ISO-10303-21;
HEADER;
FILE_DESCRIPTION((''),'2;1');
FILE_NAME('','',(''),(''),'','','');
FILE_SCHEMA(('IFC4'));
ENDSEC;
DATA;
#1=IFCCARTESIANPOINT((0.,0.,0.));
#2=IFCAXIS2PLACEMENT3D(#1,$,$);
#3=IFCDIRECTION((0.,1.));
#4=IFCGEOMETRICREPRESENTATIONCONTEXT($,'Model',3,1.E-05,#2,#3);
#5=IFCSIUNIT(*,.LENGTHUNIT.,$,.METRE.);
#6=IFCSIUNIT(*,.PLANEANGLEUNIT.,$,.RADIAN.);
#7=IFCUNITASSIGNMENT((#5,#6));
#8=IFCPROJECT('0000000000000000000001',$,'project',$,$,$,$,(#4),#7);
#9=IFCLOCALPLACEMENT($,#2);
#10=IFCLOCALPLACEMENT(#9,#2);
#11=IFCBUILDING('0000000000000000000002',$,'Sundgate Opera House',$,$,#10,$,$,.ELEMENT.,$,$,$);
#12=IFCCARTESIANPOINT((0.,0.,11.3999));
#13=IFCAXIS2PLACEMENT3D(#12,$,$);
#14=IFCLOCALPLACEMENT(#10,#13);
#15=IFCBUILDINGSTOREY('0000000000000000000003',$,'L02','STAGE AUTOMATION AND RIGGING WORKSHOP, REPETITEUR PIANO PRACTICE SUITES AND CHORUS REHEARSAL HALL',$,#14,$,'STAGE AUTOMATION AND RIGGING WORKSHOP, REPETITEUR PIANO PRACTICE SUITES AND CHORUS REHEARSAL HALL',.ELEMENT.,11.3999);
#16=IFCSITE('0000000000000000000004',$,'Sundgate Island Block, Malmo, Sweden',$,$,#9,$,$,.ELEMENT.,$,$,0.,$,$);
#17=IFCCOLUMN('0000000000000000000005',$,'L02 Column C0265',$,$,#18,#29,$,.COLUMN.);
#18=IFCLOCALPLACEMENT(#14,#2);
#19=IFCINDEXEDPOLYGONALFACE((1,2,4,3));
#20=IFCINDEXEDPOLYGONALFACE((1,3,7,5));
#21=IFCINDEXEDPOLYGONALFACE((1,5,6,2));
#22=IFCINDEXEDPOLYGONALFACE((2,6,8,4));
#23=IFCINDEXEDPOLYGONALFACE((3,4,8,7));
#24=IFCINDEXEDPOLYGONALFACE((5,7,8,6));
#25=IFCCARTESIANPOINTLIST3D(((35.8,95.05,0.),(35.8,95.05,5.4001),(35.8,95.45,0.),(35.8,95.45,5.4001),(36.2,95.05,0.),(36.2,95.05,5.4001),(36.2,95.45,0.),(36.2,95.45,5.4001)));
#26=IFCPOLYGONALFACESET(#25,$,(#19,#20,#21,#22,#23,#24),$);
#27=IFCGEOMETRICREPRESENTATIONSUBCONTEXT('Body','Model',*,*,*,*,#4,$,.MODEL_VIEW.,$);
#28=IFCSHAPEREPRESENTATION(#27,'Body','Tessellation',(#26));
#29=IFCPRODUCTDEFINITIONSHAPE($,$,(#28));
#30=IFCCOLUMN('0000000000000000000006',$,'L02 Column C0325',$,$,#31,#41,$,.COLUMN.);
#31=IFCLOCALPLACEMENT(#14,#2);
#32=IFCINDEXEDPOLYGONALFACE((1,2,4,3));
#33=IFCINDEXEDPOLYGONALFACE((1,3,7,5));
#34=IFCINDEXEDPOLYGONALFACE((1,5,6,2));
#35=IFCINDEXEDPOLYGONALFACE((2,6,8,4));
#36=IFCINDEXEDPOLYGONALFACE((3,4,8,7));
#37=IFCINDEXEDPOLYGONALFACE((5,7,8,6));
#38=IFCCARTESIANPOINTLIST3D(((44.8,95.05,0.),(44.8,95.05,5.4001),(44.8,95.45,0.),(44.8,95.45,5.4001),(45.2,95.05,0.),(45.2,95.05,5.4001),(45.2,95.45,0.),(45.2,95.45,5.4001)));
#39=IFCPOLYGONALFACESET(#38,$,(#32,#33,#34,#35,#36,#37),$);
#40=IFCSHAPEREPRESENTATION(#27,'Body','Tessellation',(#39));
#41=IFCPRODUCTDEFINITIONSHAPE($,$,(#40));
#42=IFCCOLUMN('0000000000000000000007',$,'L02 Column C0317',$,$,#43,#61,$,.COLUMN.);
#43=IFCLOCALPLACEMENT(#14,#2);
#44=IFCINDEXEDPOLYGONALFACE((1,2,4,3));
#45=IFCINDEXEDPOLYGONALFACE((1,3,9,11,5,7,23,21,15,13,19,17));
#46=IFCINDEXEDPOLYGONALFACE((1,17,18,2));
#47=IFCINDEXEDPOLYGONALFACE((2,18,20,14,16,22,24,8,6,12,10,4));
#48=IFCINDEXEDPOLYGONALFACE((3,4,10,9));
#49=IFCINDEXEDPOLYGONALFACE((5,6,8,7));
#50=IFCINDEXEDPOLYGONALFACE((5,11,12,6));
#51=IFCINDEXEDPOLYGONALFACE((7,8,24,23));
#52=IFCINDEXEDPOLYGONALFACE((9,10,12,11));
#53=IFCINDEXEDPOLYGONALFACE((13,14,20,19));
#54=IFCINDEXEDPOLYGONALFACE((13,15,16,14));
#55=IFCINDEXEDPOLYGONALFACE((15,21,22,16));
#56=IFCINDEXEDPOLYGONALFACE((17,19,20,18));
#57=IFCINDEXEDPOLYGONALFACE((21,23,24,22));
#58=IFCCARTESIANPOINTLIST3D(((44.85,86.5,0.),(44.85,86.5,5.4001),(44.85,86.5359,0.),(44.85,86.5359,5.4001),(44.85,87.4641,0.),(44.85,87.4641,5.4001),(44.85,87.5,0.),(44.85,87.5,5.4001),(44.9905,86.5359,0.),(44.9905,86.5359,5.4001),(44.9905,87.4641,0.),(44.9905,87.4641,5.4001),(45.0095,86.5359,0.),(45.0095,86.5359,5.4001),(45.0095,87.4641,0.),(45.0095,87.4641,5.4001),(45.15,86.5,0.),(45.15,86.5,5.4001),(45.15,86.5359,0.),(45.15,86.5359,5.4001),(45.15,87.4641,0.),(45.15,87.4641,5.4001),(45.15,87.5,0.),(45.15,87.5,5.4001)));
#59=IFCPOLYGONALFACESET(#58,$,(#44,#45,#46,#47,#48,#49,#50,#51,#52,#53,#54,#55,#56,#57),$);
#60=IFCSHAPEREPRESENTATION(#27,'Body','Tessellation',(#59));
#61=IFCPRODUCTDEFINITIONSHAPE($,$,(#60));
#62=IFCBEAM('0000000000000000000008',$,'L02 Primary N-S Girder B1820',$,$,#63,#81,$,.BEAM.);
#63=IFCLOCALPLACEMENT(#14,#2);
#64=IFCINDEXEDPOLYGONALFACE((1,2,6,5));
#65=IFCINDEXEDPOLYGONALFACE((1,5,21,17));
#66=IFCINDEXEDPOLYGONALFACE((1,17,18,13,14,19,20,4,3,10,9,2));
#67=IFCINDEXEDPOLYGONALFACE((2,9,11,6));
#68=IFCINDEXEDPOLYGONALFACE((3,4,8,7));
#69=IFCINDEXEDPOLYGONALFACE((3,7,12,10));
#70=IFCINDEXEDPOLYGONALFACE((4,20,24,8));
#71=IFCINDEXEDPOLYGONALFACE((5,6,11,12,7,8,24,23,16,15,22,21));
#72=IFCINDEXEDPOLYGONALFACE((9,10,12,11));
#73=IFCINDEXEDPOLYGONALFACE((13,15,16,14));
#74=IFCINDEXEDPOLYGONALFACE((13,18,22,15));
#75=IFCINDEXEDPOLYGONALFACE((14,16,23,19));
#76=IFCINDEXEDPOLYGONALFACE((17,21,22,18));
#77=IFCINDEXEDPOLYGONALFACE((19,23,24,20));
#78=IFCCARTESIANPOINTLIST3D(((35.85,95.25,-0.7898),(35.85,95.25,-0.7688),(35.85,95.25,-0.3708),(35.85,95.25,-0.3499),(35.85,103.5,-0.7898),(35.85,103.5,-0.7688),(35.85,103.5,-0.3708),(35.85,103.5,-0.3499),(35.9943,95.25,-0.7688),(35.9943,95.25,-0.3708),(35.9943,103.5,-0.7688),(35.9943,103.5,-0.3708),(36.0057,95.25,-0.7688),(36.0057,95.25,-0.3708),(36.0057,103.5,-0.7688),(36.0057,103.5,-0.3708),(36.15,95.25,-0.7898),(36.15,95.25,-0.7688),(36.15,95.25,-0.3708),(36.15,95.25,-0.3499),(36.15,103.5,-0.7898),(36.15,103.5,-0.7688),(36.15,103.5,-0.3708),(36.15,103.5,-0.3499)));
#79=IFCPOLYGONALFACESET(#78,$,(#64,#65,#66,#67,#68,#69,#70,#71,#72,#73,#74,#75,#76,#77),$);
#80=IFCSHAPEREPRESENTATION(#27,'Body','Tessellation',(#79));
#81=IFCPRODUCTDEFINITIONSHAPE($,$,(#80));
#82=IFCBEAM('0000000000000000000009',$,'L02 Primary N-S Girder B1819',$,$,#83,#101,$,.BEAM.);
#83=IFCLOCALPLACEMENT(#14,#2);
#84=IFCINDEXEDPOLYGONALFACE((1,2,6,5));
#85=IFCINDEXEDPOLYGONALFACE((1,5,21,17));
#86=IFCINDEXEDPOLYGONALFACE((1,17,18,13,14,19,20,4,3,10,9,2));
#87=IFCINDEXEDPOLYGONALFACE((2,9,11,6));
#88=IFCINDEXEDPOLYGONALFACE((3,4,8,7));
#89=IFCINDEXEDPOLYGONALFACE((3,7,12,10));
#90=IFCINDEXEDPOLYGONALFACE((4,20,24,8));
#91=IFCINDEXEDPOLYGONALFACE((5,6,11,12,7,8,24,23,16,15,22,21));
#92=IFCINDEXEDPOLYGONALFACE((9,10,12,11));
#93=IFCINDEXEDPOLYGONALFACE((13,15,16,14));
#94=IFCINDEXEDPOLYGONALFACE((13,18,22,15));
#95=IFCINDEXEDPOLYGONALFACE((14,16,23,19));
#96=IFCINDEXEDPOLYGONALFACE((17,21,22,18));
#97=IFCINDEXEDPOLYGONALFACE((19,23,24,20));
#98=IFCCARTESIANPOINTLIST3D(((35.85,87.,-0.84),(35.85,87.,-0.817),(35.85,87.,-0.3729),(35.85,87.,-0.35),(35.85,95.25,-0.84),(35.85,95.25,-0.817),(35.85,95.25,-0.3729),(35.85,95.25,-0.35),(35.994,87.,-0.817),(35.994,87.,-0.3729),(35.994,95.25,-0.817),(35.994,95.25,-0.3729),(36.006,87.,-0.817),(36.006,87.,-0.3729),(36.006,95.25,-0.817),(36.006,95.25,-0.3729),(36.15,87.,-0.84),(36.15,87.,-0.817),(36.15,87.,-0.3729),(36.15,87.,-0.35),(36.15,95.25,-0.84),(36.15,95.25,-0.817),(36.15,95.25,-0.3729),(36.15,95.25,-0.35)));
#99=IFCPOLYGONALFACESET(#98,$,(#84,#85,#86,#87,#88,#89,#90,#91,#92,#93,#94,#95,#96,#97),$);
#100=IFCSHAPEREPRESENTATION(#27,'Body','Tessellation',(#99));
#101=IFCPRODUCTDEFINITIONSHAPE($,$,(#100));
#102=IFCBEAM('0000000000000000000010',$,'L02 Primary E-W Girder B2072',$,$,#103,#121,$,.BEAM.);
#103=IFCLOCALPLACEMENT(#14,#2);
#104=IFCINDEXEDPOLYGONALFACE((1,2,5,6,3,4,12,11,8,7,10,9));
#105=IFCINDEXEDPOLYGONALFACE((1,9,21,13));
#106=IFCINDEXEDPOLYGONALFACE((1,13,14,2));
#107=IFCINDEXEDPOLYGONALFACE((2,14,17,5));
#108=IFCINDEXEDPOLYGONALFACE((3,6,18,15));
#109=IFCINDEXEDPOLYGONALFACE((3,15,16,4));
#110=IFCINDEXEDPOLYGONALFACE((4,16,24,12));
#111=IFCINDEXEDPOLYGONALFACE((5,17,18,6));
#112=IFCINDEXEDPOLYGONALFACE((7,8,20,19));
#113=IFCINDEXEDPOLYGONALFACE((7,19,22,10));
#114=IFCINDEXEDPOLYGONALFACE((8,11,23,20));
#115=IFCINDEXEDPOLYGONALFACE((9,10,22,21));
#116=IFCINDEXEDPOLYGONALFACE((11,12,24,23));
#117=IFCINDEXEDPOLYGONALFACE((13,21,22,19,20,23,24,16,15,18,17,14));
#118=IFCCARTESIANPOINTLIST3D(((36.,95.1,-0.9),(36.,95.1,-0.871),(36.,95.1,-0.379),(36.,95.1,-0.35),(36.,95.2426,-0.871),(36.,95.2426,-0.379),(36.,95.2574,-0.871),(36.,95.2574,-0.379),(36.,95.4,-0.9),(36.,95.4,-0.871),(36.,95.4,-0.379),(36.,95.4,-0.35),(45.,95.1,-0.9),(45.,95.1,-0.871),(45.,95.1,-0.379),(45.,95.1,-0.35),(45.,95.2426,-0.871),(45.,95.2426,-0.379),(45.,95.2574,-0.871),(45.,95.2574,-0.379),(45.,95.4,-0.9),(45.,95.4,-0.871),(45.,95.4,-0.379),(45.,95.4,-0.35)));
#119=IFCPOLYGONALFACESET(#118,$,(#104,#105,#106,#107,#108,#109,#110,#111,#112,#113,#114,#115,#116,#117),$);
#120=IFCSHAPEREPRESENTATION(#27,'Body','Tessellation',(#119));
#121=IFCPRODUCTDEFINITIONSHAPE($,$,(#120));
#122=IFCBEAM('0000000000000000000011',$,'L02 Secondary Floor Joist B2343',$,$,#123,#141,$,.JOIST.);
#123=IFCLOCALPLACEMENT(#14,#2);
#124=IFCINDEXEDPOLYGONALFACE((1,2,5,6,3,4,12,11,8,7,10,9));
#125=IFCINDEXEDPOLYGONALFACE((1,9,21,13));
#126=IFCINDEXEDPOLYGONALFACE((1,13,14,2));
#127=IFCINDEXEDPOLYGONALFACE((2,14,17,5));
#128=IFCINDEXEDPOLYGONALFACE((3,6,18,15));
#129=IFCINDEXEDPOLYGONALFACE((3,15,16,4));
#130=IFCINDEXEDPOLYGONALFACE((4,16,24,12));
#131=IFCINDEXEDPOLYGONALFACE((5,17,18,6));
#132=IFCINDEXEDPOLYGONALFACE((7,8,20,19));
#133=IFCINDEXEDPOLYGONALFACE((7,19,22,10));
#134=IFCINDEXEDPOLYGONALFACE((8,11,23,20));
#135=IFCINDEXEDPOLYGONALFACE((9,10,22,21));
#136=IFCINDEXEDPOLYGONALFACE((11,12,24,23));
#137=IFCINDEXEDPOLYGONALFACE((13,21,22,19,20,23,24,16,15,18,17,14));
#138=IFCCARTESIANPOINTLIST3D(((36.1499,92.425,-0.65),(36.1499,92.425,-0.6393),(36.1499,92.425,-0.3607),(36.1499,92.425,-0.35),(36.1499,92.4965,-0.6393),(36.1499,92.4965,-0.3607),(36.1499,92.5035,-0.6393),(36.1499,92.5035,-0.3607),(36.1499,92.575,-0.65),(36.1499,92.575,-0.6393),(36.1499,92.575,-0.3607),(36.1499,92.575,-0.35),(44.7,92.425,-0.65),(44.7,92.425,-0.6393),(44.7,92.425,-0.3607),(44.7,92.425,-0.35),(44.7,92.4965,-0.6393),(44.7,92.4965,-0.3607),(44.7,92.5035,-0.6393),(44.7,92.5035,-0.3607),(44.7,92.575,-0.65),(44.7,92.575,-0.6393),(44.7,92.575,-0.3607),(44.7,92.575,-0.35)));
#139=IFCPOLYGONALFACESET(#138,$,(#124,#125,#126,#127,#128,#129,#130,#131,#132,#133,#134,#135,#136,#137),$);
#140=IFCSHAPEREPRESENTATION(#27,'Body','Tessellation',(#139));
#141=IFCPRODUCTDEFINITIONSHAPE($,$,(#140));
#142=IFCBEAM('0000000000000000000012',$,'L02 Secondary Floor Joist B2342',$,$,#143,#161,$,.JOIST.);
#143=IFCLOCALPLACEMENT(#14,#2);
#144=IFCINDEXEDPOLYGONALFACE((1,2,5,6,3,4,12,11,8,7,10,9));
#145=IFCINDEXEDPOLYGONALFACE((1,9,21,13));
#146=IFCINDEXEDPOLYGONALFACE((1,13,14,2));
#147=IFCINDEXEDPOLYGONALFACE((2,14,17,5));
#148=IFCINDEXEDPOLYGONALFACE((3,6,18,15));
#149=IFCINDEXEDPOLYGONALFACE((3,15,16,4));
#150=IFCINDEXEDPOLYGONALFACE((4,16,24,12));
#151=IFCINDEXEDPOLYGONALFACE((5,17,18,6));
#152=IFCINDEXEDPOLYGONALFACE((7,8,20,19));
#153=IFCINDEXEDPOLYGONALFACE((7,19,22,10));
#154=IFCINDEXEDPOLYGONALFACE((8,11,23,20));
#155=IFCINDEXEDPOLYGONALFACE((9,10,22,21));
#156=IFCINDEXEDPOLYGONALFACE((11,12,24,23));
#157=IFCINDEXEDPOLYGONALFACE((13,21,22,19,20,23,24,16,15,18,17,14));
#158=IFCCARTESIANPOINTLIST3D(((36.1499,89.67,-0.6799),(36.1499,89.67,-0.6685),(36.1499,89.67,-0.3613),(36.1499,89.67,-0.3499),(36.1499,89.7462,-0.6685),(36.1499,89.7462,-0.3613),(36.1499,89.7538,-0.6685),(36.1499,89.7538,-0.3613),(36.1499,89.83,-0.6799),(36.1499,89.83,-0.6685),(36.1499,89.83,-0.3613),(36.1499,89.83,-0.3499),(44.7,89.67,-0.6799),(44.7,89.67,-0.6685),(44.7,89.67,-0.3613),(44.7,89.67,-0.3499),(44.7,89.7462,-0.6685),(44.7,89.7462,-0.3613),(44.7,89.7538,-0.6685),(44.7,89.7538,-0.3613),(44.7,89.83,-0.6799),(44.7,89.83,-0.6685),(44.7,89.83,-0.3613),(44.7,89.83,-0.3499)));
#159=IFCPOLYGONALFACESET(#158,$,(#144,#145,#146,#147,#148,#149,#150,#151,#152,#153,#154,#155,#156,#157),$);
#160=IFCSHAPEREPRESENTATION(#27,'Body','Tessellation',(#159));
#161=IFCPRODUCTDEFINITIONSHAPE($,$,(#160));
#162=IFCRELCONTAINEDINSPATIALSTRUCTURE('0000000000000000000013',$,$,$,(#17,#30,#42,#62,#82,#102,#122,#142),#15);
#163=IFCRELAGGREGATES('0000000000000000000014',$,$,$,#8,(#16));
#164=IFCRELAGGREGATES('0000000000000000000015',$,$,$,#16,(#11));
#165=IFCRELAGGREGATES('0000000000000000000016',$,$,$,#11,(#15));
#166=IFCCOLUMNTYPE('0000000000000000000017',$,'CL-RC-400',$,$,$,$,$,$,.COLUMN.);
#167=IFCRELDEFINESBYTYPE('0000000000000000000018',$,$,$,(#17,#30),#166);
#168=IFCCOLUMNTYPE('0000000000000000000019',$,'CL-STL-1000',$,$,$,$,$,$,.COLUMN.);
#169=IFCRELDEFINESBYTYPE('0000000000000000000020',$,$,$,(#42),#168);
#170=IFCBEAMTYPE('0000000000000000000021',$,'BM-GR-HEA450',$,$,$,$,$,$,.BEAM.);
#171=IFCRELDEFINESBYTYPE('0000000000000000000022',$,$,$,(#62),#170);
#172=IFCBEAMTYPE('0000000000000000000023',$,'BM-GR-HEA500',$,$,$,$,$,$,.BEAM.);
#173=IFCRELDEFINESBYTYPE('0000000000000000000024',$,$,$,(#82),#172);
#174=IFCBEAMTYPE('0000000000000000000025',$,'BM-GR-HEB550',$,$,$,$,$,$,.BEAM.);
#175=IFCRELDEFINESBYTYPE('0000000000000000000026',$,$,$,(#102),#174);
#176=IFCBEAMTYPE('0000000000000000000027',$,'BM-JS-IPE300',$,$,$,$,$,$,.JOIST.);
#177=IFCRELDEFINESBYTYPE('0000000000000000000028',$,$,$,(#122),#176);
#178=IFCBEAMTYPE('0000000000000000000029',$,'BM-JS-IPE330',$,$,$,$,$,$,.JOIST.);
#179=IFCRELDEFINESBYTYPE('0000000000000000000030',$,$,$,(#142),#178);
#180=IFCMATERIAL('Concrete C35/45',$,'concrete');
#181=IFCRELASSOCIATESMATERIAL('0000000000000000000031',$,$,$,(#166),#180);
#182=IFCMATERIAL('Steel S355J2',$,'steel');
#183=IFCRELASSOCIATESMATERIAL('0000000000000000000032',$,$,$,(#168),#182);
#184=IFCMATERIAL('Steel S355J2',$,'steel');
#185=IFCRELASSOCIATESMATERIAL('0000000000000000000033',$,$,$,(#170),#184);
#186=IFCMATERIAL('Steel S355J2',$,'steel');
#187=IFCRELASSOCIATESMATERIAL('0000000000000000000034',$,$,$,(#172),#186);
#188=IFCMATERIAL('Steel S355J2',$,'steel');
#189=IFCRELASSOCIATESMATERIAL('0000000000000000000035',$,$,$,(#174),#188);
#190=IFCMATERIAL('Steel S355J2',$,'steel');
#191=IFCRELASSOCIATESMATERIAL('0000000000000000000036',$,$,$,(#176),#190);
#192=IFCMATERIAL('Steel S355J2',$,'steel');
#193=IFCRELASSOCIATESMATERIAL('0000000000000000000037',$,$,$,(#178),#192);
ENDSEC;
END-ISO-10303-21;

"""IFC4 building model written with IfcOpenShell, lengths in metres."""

from ifc_helpers import new_model, si_unit, direction, frame, origin, origin_2d, place, context, subcontext, project, spatial, rectangle, i_section, extrude, material, material_profile, profile_set, type_object, element, save


model = new_model("IFC4")

# Units and contexts
model_context = context("Model", 3, precision=1e-05, world=origin(), true_north=direction((0.0, 1.0)))
body_context = subcontext(model_context, "Body", "Model", "MODEL_VIEW")
ifc_project = project(units=[si_unit("LENGTHUNIT", "METRE"), si_unit("PLANEANGLEUNIT", "RADIAN")], contexts=[model_context])

# Site, building, storey
site_placement = place(None, origin())
site = spatial("IfcSite", under=ifc_project, at=site_placement, Name="Sundgate Island Block, Malmo, Sweden", CompositionType="ELEMENT", RefElevation=0.0)
building_placement = place(site_placement, origin())
building = spatial("IfcBuilding", under=site, at=building_placement, Name="Sundgate Opera House", CompositionType="ELEMENT")
storey_placement = place(building_placement, frame((0.0, 0.0, 11.3999)))
storey = spatial("IfcBuildingStorey", under=building, at=storey_placement, Name="L02", Description="STAGE AUTOMATION AND RIGGING WORKSHOP, REPETITEUR PIANO PRACTICE SUITES AND CHORUS REHEARSAL HALL", LongName="STAGE AUTOMATION AND RIGGING WORKSHOP, REPETITEUR PIANO PRACTICE SUITES AND CHORUS REHEARSAL HALL", CompositionType="ELEMENT", Elevation=11.3999)

# Columns
ifc_material_1 = material(Name="Concrete C35/45", Category="concrete")
ifc_material_profile_1 = material_profile(ifc_material_1, rectangle(XDim=0.3999, YDim=0.3999, at=origin_2d()), Name="RC 400x400")
ifc_profile_set_1 = profile_set([ifc_material_profile_1], Name="Concrete C35/45")
column_type_1 = type_object("IfcColumnType", Name="CL-RC-400", PredefinedType="COLUMN", material=ifc_profile_set_1)
for number, where, z_axis, x_axis, name in (
    (1, (36.0, 95.25, 0.0), (0.0, 0.0, 1.0), (1.0, 0.0, 0.0), "L02 Column C0265"),
    (2, (45.0, 95.25, 0.0), (0.0, 0.0, 1.0), (1.0, 0.0, 0.0), "L02 Column C0325"),
):
    element("IfcColumn", number, at=place(storey_placement, frame(where, z_axis=z_axis, x_axis=x_axis)), inside=storey, type_object=column_type_1, Name=name, PredefinedType="COLUMN", context=body_context, shape_type="SweptSolid", body=[
        extrude(rectangle(XDim=0.3999, YDim=0.3999, at=origin_2d()), origin(), (0.0, 0.0, 1.0), 5.4001),
    ])
ifc_material_2 = material(Name="Steel S355J2", Category="steel")
ifc_material_profile_2 = material_profile(ifc_material_2, i_section(OverallWidth=0.3, OverallDepth=1.0, WebThickness=0.019, FlangeThickness=0.0359, at=origin_2d()), Name="HEB 1000")
ifc_profile_set_2 = profile_set([ifc_material_profile_2], Name="Steel S355J2")
column_type_2 = type_object("IfcColumnType", Name="CL-STL-1000", PredefinedType="COLUMN", material=ifc_profile_set_2)
column_placement = place(storey_placement, frame((45.0, 87.0, 0.0), z_axis=(0.0, 0.0, 1.0), x_axis=(1.0, 0.0, 0.0)))
element("IfcColumn", 3, at=column_placement, inside=storey, type_object=column_type_2, Name="L02 Column C0317", PredefinedType="COLUMN", context=body_context, shape_type="SweptSolid", body=[
    extrude(i_section(OverallWidth=0.3, OverallDepth=1.0, WebThickness=0.019, FlangeThickness=0.0359, at=origin_2d()), origin(), (0.0, 0.0, 1.0), 5.4001),
])

# Beams
ifc_material_3 = material(Name="Steel S355J2", Category="steel")
ifc_material_profile_3 = material_profile(ifc_material_3, i_section(OverallWidth=0.3, OverallDepth=0.4399, WebThickness=0.0115, FlangeThickness=0.021, at=origin_2d()), Name="HEA 450")
ifc_profile_set_3 = profile_set([ifc_material_profile_3], Name="Steel S355J2")
beam_type_1 = type_object("IfcBeamType", Name="BM-GR-HEA450", PredefinedType="BEAM", material=ifc_profile_set_3)
beam_1_placement = place(storey_placement, frame((36.0, 95.25, -0.5698), z_axis=(0.0, 1.0, 0.0), x_axis=(-1.0, 0.0, 0.0)))
element("IfcBeam", 4, at=beam_1_placement, inside=storey, type_object=beam_type_1, Name="L02 Primary N-S Girder B1820", PredefinedType="BEAM", context=body_context, shape_type="SweptSolid", body=[
    extrude(i_section(OverallWidth=0.3, OverallDepth=0.4399, WebThickness=0.0115, FlangeThickness=0.021, at=origin_2d()), origin(), (0.0, 0.0, 1.0), 8.25),
])
ifc_material_4 = material(Name="Steel S355J2", Category="steel")
ifc_material_profile_4 = material_profile(ifc_material_4, i_section(OverallWidth=0.3, OverallDepth=0.49, WebThickness=0.012, FlangeThickness=0.0229, at=origin_2d()), Name="HEA 500")
ifc_profile_set_4 = profile_set([ifc_material_profile_4], Name="Steel S355J2")
beam_type_2 = type_object("IfcBeamType", Name="BM-GR-HEA500", PredefinedType="BEAM", material=ifc_profile_set_4)
beam_2_placement = place(storey_placement, frame((36.0, 87.0, -0.595), z_axis=(0.0, 1.0, 0.0), x_axis=(-1.0, 0.0, 0.0)))
element("IfcBeam", 5, at=beam_2_placement, inside=storey, type_object=beam_type_2, Name="L02 Primary N-S Girder B1819", PredefinedType="BEAM", context=body_context, shape_type="SweptSolid", body=[
    extrude(i_section(OverallWidth=0.3, OverallDepth=0.49, WebThickness=0.012, FlangeThickness=0.0229, at=origin_2d()), origin(), (0.0, 0.0, 1.0), 8.25),
])
ifc_material_5 = material(Name="Steel S355J2", Category="steel")
ifc_material_profile_5 = material_profile(ifc_material_5, i_section(OverallWidth=0.3, OverallDepth=0.55, WebThickness=0.0149, FlangeThickness=0.0291, at=origin_2d()), Name="HEB 550")
ifc_profile_set_5 = profile_set([ifc_material_profile_5], Name="Steel S355J2")
beam_type_3 = type_object("IfcBeamType", Name="BM-GR-HEB550", PredefinedType="BEAM", material=ifc_profile_set_5)
beam_3_placement = place(storey_placement, frame((36.0, 95.25, -0.625), z_axis=(1.0, 0.0, 0.0), x_axis=(0.0, 1.0, 0.0)))
element("IfcBeam", 6, at=beam_3_placement, inside=storey, type_object=beam_type_3, Name="L02 Primary E-W Girder B2072", PredefinedType="BEAM", context=body_context, shape_type="SweptSolid", body=[
    extrude(i_section(OverallWidth=0.3, OverallDepth=0.55, WebThickness=0.0149, FlangeThickness=0.0291, at=origin_2d()), origin(), (0.0, 0.0, 1.0), 9.0),
])
ifc_material_6 = material(Name="Steel S355J2", Category="steel")
ifc_material_profile_6 = material_profile(ifc_material_6, i_section(OverallWidth=0.1499, OverallDepth=0.3, WebThickness=0.0071, FlangeThickness=0.0107, at=origin_2d()), Name="IPE 300")
ifc_profile_set_6 = profile_set([ifc_material_profile_6], Name="Steel S355J2")
beam_type_4 = type_object("IfcBeamType", Name="BM-JS-IPE300", PredefinedType="JOIST", material=ifc_profile_set_6)
beam_4_placement = place(storey_placement, frame((36.1499, 92.5, -0.5), z_axis=(1.0, 0.0, 0.0), x_axis=(0.0, 1.0, 0.0)))
element("IfcBeam", 7, at=beam_4_placement, inside=storey, type_object=beam_type_4, Name="L02 Secondary Floor Joist B2343", PredefinedType="JOIST", context=body_context, shape_type="SweptSolid", body=[
    extrude(i_section(OverallWidth=0.1499, OverallDepth=0.3, WebThickness=0.0071, FlangeThickness=0.0107, at=origin_2d()), origin(), (0.0, 0.0, 1.0), 8.55),
])
ifc_material_7 = material(Name="Steel S355J2", Category="steel")
ifc_material_profile_7 = material_profile(ifc_material_7, i_section(OverallWidth=0.1599, OverallDepth=0.3301, WebThickness=0.0076, FlangeThickness=0.0115, at=origin_2d()), Name="IPE 330")
ifc_profile_set_7 = profile_set([ifc_material_profile_7], Name="Steel S355J2")
beam_type_5 = type_object("IfcBeamType", Name="BM-JS-IPE330", PredefinedType="JOIST", material=ifc_profile_set_7)
beam_5_placement = place(storey_placement, frame((36.1499, 89.75, -0.5149), z_axis=(1.0, 0.0, 0.0), x_axis=(0.0, 1.0, 0.0)))
element("IfcBeam", 8, at=beam_5_placement, inside=storey, type_object=beam_type_5, Name="L02 Secondary Floor Joist B2342", PredefinedType="JOIST", context=body_context, shape_type="SweptSolid", body=[
    extrude(i_section(OverallWidth=0.1599, OverallDepth=0.3301, WebThickness=0.0076, FlangeThickness=0.0115, at=origin_2d()), origin(), (0.0, 0.0, 1.0), 8.55),
])

save(model, "model.ifc")
